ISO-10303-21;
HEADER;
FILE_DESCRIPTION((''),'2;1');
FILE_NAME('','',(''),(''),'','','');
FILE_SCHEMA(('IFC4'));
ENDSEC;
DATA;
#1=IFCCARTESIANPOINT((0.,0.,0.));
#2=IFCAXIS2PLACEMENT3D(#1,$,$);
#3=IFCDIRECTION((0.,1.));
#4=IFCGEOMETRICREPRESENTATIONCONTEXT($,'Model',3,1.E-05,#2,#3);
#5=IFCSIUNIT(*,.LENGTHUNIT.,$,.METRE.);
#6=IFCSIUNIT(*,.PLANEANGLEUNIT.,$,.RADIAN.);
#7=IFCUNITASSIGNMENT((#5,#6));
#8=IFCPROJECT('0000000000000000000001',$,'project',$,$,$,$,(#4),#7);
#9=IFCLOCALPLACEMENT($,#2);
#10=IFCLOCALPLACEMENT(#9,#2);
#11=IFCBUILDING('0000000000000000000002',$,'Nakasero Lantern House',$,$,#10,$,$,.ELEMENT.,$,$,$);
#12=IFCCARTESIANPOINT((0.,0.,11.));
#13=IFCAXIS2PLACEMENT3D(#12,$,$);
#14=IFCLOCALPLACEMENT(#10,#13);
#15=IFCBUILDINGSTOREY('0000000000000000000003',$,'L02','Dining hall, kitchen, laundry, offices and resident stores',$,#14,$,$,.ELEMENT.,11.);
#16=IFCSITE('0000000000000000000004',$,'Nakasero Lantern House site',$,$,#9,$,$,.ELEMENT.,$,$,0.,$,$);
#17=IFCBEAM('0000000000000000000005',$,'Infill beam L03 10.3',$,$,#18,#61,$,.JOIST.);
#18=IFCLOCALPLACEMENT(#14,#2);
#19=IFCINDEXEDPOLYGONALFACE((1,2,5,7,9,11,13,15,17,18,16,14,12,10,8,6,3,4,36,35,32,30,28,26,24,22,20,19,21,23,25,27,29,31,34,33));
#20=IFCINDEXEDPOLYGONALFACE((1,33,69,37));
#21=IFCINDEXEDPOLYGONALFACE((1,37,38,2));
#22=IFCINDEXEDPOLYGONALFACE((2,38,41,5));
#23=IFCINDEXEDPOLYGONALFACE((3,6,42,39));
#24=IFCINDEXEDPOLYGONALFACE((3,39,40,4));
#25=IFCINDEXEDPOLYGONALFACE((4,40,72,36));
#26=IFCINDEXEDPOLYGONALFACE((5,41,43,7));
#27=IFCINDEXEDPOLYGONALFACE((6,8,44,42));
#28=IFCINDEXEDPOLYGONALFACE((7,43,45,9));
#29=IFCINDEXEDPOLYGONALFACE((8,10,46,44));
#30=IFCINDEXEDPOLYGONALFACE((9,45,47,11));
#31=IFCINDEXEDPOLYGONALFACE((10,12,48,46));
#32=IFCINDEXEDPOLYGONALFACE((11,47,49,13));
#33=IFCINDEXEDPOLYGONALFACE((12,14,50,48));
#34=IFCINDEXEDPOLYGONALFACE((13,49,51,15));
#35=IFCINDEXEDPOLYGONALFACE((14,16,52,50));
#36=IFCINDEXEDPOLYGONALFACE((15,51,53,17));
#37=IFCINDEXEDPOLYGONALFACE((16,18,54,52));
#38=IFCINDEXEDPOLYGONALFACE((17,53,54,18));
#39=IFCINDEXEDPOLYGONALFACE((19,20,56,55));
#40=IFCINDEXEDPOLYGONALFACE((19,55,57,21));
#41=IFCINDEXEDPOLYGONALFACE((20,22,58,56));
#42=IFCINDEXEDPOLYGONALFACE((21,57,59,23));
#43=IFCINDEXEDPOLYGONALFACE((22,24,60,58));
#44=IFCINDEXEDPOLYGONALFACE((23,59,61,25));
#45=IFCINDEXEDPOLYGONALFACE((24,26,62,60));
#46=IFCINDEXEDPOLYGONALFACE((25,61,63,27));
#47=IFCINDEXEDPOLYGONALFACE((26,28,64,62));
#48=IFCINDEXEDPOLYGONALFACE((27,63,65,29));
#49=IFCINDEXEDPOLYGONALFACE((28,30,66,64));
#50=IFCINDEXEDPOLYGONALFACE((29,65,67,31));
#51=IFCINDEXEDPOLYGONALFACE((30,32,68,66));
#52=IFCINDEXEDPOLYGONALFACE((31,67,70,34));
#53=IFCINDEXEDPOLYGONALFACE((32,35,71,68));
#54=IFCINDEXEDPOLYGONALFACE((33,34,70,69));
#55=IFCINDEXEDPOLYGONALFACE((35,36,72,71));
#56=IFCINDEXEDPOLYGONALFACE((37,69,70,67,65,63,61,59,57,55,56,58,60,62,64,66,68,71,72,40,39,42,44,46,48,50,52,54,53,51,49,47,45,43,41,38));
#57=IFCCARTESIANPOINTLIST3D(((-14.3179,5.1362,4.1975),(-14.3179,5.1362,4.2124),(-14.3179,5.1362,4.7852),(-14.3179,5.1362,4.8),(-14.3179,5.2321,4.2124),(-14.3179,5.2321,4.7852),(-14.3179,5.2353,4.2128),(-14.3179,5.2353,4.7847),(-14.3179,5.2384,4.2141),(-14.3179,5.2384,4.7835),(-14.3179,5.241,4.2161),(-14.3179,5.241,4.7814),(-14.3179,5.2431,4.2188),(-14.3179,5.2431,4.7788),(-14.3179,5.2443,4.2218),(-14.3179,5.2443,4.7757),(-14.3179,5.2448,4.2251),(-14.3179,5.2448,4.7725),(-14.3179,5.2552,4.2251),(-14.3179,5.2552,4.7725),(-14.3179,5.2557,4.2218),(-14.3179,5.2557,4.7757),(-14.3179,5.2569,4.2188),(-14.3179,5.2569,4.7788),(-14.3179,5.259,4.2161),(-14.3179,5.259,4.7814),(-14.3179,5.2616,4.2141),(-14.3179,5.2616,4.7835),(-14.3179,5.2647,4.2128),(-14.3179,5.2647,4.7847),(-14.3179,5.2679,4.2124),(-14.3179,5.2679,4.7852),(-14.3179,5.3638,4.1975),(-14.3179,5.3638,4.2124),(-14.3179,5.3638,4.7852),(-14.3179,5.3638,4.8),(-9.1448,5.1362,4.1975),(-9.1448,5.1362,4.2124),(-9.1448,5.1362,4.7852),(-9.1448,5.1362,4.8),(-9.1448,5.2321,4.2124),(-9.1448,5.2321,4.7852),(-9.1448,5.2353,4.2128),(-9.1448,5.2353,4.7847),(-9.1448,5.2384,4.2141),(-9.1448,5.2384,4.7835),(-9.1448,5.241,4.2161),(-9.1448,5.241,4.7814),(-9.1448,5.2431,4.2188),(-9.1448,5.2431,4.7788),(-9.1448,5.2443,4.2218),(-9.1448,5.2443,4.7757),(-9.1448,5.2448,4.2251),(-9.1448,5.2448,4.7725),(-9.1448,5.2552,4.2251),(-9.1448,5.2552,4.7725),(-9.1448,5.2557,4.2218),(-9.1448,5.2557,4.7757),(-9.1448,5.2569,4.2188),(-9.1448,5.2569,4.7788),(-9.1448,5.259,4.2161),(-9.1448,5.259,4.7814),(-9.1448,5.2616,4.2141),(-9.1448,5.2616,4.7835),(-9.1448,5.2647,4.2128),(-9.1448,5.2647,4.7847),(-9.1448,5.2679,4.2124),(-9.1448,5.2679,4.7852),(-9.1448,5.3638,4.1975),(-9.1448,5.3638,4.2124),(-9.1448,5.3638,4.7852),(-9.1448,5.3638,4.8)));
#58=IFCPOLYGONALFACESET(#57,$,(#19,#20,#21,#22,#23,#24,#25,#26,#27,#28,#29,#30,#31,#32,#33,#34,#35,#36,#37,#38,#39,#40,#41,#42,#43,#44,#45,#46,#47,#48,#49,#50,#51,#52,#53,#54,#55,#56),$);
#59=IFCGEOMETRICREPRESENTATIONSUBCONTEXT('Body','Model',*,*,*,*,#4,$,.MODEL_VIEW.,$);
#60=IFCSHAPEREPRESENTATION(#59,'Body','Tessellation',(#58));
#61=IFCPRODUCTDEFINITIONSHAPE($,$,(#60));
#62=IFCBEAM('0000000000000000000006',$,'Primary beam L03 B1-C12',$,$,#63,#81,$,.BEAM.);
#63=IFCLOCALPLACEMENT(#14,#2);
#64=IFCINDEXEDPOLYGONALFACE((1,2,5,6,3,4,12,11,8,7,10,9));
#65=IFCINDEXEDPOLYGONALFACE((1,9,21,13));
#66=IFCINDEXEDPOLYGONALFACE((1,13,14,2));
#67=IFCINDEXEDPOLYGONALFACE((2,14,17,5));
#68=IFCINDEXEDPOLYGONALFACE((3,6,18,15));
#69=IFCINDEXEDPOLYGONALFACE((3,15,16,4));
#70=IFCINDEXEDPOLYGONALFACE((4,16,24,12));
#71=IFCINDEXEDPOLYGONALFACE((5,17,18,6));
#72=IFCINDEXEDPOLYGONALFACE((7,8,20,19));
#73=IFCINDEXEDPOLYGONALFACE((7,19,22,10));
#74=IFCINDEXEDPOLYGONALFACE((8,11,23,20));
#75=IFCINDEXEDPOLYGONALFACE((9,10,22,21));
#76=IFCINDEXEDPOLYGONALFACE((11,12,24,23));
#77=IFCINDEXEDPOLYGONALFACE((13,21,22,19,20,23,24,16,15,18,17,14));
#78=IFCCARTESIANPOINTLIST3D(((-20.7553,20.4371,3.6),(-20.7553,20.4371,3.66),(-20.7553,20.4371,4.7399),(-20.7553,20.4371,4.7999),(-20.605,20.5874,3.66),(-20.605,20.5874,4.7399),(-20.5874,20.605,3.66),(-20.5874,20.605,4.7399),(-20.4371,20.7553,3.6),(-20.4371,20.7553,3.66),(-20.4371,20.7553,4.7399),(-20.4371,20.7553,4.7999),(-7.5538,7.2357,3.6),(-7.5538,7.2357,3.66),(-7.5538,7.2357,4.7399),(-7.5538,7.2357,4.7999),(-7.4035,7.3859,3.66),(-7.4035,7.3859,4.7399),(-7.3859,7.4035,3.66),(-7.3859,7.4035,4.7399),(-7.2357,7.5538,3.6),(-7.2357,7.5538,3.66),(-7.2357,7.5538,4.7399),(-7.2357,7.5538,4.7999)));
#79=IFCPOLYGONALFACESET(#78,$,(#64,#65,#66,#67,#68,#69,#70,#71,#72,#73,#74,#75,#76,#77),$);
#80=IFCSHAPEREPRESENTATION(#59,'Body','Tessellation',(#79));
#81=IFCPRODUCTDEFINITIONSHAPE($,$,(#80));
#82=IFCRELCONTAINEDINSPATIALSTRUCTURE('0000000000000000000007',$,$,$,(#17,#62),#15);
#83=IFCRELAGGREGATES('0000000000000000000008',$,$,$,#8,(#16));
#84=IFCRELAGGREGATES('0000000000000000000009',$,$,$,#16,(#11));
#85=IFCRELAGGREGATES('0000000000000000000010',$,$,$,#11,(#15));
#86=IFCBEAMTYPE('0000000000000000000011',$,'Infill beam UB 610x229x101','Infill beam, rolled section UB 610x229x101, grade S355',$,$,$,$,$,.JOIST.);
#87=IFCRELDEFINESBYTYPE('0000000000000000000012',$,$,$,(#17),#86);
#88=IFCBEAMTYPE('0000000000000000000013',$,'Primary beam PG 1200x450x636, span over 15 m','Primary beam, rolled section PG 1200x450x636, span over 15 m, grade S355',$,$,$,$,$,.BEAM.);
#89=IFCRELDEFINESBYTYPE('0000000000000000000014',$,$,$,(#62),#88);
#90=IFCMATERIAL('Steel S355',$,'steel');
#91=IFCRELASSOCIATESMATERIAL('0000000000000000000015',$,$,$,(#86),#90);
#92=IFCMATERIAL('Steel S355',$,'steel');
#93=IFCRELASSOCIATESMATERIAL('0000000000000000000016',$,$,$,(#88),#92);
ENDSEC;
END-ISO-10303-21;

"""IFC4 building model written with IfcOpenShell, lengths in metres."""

from ifc_helpers import new_model, si_unit, direction, frame, origin, origin_2d, place, context, subcontext, project, spatial, i_section, extrude, material, material_profile, profile_set, type_object, element, save


model = new_model("IFC4")

# Units and contexts
model_context = context("Model", 3, precision=1e-05, world=origin(), true_north=direction((0.0, 1.0)))
body_context = subcontext(model_context, "Body", "Model", "MODEL_VIEW")
ifc_project = project(units=[si_unit("LENGTHUNIT", "METRE"), si_unit("PLANEANGLEUNIT", "RADIAN")], contexts=[model_context])

# Site, building, storey
site_placement = place(None, origin())
site = spatial("IfcSite", under=ifc_project, at=site_placement, Name="Nakasero Lantern House site", CompositionType="ELEMENT", RefElevation=0.0)
building_placement = place(site_placement, origin())
building = spatial("IfcBuilding", under=site, at=building_placement, Name="Nakasero Lantern House", CompositionType="ELEMENT")
storey_placement = place(building_placement, frame((0.0, 0.0, 11.0)))
storey = spatial("IfcBuildingStorey", under=building, at=storey_placement, Name="L02", Description="Dining hall, kitchen, laundry, offices and resident stores", CompositionType="ELEMENT", Elevation=11.0)

# Beams
ifc_material_1 = material(Name="Steel S355", Category="steel")
ifc_material_profile_1 = material_profile(ifc_material_1, i_section(OverallWidth=0.2275, OverallDepth=0.6025, WebThickness=0.0105, FlangeThickness=0.0149, FilletRadius=0.0127, at=origin_2d()), Name="UB 610x229x101")
ifc_profile_set_1 = profile_set([ifc_material_profile_1], Name="Steel S355")
beam_type_1 = type_object("IfcBeamType", Name="Infill beam UB 610x229x101", Description="Infill beam, rolled section UB 610x229x101, grade S355", PredefinedType="JOIST", material=ifc_profile_set_1)
beam_1_placement = place(storey_placement, frame((-14.3179, 5.25, 4.4988), z_axis=(1.0, 0.0, 0.0), x_axis=(0.0, 1.0, 0.0)))
element("IfcBeam", 1, at=beam_1_placement, inside=storey, type_object=beam_type_1, Name="Infill beam L03 10.3", PredefinedType="JOIST", context=body_context, shape_type="SweptSolid", body=[
    extrude(i_section(OverallWidth=0.2275, OverallDepth=0.6025, WebThickness=0.0105, FlangeThickness=0.0149, FilletRadius=0.0127, at=origin_2d()), origin(), (0.0, 0.0, 1.0), 5.1731),
])
ifc_material_2 = material(Name="Steel S355", Category="steel")
ifc_material_profile_2 = material_profile(ifc_material_2, i_section(OverallWidth=0.45, OverallDepth=1.2, WebThickness=0.0249, FlangeThickness=0.0601, at=origin_2d()), Name="PG 1200x450x636")
ifc_profile_set_2 = profile_set([ifc_material_profile_2], Name="Steel S355")
beam_type_2 = type_object("IfcBeamType", Name="Primary beam PG 1200x450x636, span over 15 m", Description="Primary beam, rolled section PG 1200x450x636, span over 15 m, grade S355", PredefinedType="BEAM", material=ifc_profile_set_2)
beam_2_placement = place(storey_placement, frame((-20.5962, 20.5962, 4.2), z_axis=(0.707107, -0.707107, 0.0), x_axis=(0.707107, 0.707107, 0.0)))
element("IfcBeam", 2, at=beam_2_placement, inside=storey, type_object=beam_type_2, Name="Primary beam L03 B1-C12", PredefinedType="BEAM", context=body_context, shape_type="SweptSolid", body=[
    extrude(i_section(OverallWidth=0.45, OverallDepth=1.2, WebThickness=0.0249, FlangeThickness=0.0601, at=origin_2d()), origin(), (0.0, 0.0, 1.0), 18.6697),
])

save(model, "model.ifc")
